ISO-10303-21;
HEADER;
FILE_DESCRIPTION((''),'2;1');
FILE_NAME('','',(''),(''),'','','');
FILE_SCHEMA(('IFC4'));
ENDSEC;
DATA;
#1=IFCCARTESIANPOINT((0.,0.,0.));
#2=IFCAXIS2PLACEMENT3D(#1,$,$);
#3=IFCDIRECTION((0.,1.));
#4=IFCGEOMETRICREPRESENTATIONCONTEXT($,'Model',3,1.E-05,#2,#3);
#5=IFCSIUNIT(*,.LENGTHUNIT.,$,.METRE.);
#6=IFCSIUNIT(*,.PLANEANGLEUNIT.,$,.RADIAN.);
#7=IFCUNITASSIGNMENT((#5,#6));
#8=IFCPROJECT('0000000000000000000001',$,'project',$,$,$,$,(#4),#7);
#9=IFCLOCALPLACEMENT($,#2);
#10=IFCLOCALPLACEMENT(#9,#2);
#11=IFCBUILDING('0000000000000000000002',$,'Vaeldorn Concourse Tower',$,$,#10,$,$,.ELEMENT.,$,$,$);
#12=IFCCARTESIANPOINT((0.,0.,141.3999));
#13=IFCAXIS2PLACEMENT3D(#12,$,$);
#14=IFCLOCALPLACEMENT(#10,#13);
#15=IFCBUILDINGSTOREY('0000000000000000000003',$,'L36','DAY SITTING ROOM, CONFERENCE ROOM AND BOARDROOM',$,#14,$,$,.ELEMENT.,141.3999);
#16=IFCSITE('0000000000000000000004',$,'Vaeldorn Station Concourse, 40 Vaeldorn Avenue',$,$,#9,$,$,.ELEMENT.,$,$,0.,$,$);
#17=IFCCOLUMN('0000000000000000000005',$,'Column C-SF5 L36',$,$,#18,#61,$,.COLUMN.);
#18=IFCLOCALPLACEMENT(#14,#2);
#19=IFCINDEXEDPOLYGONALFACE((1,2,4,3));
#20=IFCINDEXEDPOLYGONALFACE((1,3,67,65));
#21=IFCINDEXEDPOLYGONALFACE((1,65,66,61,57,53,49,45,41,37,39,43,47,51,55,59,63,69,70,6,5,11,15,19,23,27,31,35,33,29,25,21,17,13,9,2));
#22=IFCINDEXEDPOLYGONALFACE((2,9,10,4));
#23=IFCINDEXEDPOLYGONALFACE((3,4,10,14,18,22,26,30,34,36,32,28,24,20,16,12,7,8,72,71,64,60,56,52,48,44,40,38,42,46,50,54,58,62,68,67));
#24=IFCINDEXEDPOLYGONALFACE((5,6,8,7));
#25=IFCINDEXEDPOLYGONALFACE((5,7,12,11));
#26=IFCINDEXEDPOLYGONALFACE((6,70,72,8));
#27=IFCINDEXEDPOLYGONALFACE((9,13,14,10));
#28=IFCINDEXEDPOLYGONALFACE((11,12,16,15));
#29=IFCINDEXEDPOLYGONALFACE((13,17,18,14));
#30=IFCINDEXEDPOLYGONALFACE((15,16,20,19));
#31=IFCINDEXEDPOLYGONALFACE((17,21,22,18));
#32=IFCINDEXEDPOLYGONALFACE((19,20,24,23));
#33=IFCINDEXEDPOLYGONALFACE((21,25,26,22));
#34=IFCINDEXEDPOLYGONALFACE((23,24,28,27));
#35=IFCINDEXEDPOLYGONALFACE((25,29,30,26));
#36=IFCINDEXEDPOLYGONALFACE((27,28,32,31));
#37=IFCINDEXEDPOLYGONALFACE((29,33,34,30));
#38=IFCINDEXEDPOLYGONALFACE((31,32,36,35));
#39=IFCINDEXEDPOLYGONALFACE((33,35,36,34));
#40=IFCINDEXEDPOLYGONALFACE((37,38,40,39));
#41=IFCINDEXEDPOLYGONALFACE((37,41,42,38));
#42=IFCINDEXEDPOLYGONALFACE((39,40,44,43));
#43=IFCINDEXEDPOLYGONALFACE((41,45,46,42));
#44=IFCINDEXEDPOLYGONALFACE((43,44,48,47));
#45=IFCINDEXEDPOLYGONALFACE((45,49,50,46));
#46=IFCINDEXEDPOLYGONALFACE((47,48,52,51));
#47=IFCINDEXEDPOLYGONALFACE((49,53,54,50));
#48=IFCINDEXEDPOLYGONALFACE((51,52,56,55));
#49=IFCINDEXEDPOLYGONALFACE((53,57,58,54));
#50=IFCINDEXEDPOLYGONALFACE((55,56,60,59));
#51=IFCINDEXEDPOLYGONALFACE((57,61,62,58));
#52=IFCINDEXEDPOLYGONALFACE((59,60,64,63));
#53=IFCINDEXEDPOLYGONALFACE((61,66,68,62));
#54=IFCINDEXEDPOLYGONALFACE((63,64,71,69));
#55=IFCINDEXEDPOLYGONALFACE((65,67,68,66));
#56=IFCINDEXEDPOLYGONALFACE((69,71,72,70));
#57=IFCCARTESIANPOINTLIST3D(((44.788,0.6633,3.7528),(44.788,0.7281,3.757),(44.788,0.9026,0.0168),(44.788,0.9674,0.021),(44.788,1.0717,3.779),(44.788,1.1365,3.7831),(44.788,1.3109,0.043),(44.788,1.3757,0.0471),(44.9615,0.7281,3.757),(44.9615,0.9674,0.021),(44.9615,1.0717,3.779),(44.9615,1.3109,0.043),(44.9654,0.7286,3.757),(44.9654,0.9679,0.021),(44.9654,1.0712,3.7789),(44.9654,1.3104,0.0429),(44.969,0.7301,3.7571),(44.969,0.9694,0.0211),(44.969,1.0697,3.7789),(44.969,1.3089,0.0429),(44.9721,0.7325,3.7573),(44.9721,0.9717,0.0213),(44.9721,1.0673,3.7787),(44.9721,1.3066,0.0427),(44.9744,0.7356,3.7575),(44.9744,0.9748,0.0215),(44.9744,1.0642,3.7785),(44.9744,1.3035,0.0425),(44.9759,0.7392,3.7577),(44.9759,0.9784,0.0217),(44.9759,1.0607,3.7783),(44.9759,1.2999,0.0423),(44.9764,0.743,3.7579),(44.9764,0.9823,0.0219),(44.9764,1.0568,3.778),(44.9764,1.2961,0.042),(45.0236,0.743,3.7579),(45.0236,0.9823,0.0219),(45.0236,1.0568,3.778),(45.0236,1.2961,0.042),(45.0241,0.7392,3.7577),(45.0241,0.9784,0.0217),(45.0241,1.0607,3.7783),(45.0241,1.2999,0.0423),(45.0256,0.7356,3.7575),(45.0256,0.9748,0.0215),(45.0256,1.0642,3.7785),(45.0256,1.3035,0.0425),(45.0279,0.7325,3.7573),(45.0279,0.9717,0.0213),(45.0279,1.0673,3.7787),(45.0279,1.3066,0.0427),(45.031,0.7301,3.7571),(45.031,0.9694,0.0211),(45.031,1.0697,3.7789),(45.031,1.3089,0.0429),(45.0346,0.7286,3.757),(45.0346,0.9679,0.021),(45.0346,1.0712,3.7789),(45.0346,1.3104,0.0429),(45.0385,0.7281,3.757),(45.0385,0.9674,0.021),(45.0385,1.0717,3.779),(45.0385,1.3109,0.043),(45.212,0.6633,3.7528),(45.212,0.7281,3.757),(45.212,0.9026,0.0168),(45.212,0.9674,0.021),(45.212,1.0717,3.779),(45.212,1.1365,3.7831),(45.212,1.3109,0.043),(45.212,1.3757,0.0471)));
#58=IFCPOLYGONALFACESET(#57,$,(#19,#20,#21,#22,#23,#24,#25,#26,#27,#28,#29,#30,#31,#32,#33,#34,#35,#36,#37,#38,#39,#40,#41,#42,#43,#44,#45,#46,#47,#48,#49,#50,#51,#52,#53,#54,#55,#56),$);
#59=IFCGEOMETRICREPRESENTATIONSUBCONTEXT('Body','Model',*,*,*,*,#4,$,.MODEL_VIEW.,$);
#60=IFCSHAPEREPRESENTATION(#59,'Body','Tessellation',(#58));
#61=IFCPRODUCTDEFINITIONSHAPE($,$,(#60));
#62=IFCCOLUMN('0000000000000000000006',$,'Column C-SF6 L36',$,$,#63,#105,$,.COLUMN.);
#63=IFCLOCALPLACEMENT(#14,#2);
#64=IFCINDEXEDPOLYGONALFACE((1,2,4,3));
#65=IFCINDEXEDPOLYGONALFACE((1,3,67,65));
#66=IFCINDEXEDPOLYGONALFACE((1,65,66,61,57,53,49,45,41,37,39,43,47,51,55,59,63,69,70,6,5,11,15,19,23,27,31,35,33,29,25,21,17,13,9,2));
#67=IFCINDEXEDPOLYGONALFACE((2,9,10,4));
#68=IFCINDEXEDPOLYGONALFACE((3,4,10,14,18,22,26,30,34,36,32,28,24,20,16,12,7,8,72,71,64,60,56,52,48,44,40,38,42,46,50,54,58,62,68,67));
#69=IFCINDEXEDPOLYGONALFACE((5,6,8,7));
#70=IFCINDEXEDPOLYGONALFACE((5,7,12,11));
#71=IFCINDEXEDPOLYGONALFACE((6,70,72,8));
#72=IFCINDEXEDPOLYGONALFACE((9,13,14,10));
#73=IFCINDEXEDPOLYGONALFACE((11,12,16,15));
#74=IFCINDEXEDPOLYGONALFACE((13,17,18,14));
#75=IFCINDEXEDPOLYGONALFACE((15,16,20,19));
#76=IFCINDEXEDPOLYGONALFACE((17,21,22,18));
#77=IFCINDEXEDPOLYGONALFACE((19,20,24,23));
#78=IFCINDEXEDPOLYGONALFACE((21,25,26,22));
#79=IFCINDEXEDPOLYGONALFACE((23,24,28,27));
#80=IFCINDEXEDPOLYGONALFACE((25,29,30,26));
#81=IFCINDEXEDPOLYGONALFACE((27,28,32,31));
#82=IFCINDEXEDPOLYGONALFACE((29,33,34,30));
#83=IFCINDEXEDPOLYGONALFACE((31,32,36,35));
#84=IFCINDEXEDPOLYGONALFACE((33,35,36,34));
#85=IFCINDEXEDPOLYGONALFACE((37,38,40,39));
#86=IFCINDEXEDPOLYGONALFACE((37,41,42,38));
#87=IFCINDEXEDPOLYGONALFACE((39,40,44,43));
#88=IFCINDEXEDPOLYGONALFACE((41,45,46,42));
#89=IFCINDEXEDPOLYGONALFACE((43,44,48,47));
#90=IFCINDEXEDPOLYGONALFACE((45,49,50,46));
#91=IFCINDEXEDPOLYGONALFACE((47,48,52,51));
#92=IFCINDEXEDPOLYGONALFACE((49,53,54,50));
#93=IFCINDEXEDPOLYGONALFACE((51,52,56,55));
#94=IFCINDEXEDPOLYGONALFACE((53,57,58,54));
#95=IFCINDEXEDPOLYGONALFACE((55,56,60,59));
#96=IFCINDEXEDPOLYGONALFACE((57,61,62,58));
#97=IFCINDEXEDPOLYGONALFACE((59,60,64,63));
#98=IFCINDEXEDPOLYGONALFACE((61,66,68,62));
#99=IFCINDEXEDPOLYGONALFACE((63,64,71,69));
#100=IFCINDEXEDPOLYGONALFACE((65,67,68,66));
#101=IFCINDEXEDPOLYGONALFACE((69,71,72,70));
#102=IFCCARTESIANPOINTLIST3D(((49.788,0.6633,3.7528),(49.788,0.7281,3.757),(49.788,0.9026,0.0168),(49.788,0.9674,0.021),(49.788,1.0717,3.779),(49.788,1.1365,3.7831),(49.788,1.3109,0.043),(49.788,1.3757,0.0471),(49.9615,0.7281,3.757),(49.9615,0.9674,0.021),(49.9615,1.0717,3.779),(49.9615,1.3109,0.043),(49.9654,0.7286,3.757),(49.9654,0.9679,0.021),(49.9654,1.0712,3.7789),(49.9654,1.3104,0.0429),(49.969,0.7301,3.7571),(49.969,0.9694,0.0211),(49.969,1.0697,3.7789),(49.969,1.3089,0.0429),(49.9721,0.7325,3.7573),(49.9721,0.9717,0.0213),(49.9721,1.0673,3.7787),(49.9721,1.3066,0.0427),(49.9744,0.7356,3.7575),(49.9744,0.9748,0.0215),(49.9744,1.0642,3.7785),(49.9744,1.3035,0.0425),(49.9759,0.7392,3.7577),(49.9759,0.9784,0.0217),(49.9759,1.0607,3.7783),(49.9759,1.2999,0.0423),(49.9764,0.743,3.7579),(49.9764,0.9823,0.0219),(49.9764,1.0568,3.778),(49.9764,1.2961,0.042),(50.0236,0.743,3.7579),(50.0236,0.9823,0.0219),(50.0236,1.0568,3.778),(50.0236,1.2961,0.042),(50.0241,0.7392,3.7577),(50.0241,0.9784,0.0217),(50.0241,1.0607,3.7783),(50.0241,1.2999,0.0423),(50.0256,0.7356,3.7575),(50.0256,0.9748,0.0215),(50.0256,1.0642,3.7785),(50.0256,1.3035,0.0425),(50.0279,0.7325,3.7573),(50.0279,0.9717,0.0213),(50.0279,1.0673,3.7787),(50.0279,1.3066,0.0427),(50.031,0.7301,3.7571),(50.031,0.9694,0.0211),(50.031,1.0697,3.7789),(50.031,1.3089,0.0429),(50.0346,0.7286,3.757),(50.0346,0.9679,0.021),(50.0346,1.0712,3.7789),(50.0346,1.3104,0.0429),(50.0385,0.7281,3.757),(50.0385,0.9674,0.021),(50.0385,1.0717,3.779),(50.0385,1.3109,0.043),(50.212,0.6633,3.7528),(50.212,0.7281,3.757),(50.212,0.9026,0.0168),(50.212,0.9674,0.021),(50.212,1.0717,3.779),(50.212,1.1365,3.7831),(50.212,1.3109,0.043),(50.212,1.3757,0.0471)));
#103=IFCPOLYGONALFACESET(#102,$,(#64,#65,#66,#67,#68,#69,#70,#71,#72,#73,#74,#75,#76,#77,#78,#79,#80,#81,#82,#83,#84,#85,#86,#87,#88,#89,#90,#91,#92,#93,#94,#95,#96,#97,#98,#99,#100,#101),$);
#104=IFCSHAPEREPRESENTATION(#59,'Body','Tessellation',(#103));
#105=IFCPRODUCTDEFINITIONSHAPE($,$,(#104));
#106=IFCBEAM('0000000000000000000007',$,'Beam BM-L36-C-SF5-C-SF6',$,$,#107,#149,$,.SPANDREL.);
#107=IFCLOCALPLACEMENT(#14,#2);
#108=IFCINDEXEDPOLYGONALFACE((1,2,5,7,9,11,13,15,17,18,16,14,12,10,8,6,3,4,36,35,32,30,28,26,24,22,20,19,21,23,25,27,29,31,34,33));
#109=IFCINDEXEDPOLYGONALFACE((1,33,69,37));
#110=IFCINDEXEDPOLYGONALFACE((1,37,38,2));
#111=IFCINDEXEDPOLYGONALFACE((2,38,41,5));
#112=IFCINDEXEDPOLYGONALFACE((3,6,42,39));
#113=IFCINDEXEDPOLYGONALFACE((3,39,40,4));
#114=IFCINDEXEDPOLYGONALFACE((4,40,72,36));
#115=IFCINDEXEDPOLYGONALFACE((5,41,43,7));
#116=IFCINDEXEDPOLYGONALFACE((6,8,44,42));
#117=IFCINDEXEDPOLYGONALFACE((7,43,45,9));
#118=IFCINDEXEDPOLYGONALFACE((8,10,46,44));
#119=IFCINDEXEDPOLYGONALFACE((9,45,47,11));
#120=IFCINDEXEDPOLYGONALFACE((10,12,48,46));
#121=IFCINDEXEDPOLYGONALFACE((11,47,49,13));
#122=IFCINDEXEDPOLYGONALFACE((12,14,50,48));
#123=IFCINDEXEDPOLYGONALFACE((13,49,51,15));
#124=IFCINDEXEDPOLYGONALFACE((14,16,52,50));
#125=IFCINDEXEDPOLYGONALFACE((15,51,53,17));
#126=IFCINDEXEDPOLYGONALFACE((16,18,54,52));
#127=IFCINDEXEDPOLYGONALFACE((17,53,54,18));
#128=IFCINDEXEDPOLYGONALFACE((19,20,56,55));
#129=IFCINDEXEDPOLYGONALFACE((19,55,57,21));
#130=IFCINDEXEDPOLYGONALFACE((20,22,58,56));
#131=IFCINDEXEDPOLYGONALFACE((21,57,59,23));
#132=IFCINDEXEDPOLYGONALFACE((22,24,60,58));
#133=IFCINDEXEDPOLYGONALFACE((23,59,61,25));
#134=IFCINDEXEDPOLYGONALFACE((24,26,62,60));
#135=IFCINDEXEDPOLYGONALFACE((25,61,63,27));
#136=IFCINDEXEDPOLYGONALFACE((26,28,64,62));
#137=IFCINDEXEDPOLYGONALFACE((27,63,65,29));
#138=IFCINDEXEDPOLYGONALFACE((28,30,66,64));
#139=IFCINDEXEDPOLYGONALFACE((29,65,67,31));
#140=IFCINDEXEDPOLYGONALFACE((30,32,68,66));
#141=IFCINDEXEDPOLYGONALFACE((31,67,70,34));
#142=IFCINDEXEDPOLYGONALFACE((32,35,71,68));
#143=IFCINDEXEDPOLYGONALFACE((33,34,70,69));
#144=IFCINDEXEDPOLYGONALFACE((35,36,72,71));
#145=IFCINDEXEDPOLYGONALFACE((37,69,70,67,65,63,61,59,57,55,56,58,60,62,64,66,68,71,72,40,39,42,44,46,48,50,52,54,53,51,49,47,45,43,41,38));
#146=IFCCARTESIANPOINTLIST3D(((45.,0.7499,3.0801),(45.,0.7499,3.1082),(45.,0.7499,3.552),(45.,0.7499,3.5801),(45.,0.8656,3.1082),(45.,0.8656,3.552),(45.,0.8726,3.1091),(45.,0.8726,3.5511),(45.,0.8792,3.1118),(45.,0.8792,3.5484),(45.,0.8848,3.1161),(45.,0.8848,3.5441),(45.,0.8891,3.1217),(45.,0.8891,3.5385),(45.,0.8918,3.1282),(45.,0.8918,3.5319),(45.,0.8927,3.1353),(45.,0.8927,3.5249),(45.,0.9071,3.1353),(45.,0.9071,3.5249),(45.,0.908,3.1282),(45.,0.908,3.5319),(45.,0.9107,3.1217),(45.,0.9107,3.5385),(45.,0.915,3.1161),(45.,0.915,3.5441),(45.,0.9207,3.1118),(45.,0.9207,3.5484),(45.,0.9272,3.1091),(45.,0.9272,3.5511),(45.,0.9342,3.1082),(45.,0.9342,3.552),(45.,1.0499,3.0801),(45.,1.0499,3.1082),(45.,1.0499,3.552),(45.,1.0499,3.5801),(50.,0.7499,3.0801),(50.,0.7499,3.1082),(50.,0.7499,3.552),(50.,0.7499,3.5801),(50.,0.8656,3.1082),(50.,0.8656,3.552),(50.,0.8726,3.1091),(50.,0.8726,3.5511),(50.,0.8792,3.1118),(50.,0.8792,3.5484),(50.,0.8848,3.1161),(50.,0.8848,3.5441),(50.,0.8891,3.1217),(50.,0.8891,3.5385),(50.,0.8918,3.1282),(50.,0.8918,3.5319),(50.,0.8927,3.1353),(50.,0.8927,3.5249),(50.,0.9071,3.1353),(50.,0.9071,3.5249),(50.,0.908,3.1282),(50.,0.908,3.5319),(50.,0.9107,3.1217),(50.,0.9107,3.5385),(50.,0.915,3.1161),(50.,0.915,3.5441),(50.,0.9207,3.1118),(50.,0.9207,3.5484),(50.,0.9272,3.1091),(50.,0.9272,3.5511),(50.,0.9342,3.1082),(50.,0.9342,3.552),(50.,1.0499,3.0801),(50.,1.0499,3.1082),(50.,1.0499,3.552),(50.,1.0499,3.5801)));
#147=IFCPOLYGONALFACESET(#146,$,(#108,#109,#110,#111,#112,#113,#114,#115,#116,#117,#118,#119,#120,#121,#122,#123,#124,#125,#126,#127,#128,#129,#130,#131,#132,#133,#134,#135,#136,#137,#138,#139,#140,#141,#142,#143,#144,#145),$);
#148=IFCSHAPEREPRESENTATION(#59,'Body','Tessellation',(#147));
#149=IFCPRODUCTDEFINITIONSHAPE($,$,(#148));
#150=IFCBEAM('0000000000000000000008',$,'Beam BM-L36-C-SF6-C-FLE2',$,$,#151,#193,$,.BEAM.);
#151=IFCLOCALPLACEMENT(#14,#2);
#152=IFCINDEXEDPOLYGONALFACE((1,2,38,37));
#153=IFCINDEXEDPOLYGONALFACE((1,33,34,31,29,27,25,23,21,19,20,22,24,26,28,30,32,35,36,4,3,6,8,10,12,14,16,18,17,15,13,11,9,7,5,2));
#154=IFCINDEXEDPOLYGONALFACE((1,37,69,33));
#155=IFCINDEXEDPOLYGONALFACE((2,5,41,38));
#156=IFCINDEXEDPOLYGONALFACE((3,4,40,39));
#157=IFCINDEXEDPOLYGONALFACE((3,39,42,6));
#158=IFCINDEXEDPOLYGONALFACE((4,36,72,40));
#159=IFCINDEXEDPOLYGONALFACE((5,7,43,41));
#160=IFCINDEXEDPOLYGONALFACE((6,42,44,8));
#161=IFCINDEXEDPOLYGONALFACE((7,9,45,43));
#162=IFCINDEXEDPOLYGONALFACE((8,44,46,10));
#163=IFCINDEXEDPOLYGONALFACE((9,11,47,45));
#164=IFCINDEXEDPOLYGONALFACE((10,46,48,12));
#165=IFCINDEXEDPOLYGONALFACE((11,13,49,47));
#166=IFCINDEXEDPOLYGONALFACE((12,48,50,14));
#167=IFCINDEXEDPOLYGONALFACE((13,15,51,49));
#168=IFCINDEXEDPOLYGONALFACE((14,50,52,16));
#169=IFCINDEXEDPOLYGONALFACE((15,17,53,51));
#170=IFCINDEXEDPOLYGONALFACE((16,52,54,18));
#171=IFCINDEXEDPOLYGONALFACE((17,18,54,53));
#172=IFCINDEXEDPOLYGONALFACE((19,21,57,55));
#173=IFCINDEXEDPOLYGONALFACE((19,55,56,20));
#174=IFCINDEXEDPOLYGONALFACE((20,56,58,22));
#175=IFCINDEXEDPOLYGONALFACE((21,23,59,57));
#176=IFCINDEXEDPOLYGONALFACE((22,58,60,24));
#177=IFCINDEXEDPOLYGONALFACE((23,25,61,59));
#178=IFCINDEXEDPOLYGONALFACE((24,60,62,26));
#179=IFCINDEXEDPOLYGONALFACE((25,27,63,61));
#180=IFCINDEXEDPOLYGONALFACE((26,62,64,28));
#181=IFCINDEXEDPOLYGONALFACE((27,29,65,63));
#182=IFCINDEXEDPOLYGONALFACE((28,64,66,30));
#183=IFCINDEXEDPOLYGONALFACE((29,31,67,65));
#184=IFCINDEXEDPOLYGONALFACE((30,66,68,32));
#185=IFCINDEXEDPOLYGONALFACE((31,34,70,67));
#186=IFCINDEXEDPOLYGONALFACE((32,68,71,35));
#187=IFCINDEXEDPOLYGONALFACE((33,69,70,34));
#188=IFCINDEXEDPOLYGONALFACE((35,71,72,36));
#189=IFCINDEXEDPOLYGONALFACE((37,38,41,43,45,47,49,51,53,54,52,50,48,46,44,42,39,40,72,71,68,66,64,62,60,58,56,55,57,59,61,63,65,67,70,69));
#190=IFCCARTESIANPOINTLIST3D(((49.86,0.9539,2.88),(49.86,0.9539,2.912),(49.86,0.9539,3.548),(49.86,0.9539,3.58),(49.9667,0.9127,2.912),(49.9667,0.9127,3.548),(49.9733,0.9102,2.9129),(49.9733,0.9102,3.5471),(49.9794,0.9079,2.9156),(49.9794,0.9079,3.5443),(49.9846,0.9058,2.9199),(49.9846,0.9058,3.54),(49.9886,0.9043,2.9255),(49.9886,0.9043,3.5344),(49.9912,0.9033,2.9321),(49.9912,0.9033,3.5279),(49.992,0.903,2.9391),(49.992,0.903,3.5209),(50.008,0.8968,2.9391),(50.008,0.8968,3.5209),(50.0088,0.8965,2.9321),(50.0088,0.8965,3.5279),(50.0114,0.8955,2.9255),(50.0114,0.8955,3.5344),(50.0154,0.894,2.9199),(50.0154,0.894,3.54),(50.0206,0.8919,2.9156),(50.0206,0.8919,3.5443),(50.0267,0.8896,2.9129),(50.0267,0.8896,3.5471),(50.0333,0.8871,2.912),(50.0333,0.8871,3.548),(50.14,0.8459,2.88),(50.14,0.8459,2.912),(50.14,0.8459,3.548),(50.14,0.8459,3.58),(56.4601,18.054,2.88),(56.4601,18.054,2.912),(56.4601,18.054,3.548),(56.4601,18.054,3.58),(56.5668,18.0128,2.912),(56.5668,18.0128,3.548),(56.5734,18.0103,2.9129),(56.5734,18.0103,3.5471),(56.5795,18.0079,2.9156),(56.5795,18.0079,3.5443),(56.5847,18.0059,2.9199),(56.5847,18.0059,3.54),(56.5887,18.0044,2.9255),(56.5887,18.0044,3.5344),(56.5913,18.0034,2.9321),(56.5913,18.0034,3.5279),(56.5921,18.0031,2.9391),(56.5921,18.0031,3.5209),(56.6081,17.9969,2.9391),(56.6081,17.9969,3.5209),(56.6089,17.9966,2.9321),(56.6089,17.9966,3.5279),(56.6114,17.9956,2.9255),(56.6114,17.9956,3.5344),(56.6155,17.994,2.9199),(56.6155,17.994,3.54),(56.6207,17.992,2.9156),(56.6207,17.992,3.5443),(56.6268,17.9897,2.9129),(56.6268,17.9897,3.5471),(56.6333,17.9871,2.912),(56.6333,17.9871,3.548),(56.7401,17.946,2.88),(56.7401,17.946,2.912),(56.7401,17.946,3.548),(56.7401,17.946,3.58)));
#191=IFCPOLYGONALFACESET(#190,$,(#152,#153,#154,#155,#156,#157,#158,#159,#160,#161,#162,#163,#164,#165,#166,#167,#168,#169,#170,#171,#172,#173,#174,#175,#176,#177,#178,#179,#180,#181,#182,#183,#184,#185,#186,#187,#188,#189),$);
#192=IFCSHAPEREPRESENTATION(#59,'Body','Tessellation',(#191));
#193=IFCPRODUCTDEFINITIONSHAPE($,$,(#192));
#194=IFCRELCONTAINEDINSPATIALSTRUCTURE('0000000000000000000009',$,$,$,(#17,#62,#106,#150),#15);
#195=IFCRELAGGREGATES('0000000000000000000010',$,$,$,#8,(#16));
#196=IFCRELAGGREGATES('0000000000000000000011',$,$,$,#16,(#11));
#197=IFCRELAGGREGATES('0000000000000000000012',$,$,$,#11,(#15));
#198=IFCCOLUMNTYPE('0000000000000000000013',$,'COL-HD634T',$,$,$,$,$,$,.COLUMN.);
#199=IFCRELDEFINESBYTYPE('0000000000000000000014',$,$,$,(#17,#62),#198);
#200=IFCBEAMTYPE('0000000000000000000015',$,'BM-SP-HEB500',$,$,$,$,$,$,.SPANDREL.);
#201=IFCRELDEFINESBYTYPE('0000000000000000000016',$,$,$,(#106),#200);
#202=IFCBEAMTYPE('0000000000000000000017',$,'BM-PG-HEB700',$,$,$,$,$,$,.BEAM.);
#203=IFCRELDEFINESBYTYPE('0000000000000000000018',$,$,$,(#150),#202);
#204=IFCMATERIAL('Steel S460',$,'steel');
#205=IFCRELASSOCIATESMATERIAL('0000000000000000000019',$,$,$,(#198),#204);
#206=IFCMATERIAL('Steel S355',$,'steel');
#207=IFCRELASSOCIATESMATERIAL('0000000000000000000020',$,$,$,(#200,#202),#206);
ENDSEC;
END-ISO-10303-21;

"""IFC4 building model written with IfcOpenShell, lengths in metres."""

from ifc_helpers import new_model, si_unit, direction, frame, origin, origin_2d, place, context, subcontext, project, spatial, i_section, extrude, source, transform, mapped, material, material_profile, profile_set, type_object, element, save


model = new_model("IFC4")

# Units and contexts
model_context = context("Model", 3, precision=1e-05, world=origin(), true_north=direction((0.0, 1.0)))
body_context = subcontext(model_context, "Body", "Model", "MODEL_VIEW")
ifc_project = project(units=[si_unit("LENGTHUNIT", "METRE"), si_unit("PLANEANGLEUNIT", "RADIAN")], contexts=[model_context])

# Site, building, storey
site_placement = place(None, origin())
site = spatial("IfcSite", under=ifc_project, at=site_placement, Name="Vaeldorn Station Concourse, 40 Vaeldorn Avenue", CompositionType="ELEMENT", RefElevation=0.0)
building_placement = place(site_placement, origin())
building = spatial("IfcBuilding", under=site, at=building_placement, Name="Vaeldorn Concourse Tower", CompositionType="ELEMENT")
storey_placement = place(building_placement, frame((0.0, 0.0, 141.3999)))
storey = spatial("IfcBuildingStorey", under=building, at=storey_placement, Name="L36", Description="DAY SITTING ROOM, CONFERENCE ROOM AND BOARDROOM", CompositionType="ELEMENT", Elevation=141.3999)

# Columns
ifc_material_1 = material(Name="Steel S460", Category="steel")
ifc_material_profile_1 = material_profile(ifc_material_1, i_section(OverallWidth=0.4241, OverallDepth=0.4741, WebThickness=0.0471, FlangeThickness=0.0649, FilletRadius=0.0149, at=origin_2d()), Name="HD 400x634")
ifc_profile_set_1 = profile_set([ifc_material_profile_1], Name="Steel S460")
column_type = type_object("IfcColumnType", Name="COL-HD634T", PredefinedType="COLUMN", material=ifc_profile_set_1)
shared_shape_1 = source(origin(), body_context, "Body", "SweptSolid", [
    extrude(i_section(OverallWidth=0.4241, OverallDepth=0.4741, WebThickness=0.0471, FlangeThickness=0.0649, FilletRadius=0.0149, at=origin_2d()), origin(), (0.0, 0.0, 1.0), 3.7437),
])
for number, where, z_axis, x_axis, name in (
    (1, (45.0, 1.1392, 0.032), (0.0, -0.063909, 0.997956), (1.0, 0.0, 0.0), "Column C-SF5 L36"),
    (2, (50.0, 1.1392, 0.032), (0.0, -0.063909, 0.997956), (1.0, 0.0, 0.0), "Column C-SF6 L36"),
):
    element("IfcColumn", number, at=place(storey_placement, frame(where, z_axis=z_axis, x_axis=x_axis)), inside=storey, type_object=column_type, Name=name, PredefinedType="COLUMN", context=body_context, shape_type="MappedRepresentation", body=[
        mapped(shared_shape_1, transform((0.0, 0.0, 0.0), scale=1.0)),
    ])

# Beams
ifc_material_2 = material(Name="Steel S355", Category="steel")
ifc_material_profile_2 = material_profile(ifc_material_2, i_section(OverallWidth=0.3, OverallDepth=0.5, WebThickness=0.0144, FlangeThickness=0.0281, FilletRadius=0.0271, at=origin_2d()), Name="HEB 500")
ifc_profile_set_2 = profile_set([ifc_material_profile_2], Name="Steel S355")
beam_type_1 = type_object("IfcBeamType", Name="BM-SP-HEB500", PredefinedType="SPANDREL", material=ifc_profile_set_2)
shared_shape_2 = source(origin(), body_context, "Body", "SweptSolid", [
    extrude(i_section(OverallWidth=0.3, OverallDepth=0.5, WebThickness=0.0144, FlangeThickness=0.0281, FilletRadius=0.0271, at=origin_2d()), origin(), (0.0, 0.0, 1.0), 5.0),
])
beam_1_placement = place(storey_placement, frame((45.0, 0.8999, 3.3301), z_axis=(1.0, 0.0, 0.0), x_axis=(0.0, 1.0, 0.0)))
element("IfcBeam", 3, at=beam_1_placement, inside=storey, type_object=beam_type_1, Name="Beam BM-L36-C-SF5-C-SF6", PredefinedType="SPANDREL", context=body_context, shape_type="MappedRepresentation", body=[
    mapped(shared_shape_2, transform((0.0, 0.0, 0.0), scale=1.0)),
])
ifc_material_profile_3 = material_profile(ifc_material_2, i_section(OverallWidth=0.3, OverallDepth=0.7, WebThickness=0.0171, FlangeThickness=0.032, FilletRadius=0.0271, at=origin_2d()), Name="HEB 700")
ifc_profile_set_3 = profile_set([ifc_material_profile_3], Name="Steel S355")
beam_type_2 = type_object("IfcBeamType", Name="BM-PG-HEB700", PredefinedType="BEAM", material=ifc_profile_set_3)
shared_shape_3 = source(origin(), body_context, "Body", "SweptSolid", [
    extrude(i_section(OverallWidth=0.3, OverallDepth=0.7, WebThickness=0.0171, FlangeThickness=0.032, FilletRadius=0.0271, at=origin_2d()), origin(), (0.0, 0.0, 1.0), 18.3296),
])
beam_2_placement = place(storey_placement, frame((50.0, 0.8999, 3.23), z_axis=(0.360078, 0.932922, 0.0), x_axis=(-0.932922, 0.360078, 0.0)))
element("IfcBeam", 4, at=beam_2_placement, inside=storey, type_object=beam_type_2, Name="Beam BM-L36-C-SF6-C-FLE2", PredefinedType="BEAM", context=body_context, shape_type="MappedRepresentation", body=[
    mapped(shared_shape_3, transform((0.0, 0.0, 0.0), scale=1.0)),
])

save(model, "model.ifc")
